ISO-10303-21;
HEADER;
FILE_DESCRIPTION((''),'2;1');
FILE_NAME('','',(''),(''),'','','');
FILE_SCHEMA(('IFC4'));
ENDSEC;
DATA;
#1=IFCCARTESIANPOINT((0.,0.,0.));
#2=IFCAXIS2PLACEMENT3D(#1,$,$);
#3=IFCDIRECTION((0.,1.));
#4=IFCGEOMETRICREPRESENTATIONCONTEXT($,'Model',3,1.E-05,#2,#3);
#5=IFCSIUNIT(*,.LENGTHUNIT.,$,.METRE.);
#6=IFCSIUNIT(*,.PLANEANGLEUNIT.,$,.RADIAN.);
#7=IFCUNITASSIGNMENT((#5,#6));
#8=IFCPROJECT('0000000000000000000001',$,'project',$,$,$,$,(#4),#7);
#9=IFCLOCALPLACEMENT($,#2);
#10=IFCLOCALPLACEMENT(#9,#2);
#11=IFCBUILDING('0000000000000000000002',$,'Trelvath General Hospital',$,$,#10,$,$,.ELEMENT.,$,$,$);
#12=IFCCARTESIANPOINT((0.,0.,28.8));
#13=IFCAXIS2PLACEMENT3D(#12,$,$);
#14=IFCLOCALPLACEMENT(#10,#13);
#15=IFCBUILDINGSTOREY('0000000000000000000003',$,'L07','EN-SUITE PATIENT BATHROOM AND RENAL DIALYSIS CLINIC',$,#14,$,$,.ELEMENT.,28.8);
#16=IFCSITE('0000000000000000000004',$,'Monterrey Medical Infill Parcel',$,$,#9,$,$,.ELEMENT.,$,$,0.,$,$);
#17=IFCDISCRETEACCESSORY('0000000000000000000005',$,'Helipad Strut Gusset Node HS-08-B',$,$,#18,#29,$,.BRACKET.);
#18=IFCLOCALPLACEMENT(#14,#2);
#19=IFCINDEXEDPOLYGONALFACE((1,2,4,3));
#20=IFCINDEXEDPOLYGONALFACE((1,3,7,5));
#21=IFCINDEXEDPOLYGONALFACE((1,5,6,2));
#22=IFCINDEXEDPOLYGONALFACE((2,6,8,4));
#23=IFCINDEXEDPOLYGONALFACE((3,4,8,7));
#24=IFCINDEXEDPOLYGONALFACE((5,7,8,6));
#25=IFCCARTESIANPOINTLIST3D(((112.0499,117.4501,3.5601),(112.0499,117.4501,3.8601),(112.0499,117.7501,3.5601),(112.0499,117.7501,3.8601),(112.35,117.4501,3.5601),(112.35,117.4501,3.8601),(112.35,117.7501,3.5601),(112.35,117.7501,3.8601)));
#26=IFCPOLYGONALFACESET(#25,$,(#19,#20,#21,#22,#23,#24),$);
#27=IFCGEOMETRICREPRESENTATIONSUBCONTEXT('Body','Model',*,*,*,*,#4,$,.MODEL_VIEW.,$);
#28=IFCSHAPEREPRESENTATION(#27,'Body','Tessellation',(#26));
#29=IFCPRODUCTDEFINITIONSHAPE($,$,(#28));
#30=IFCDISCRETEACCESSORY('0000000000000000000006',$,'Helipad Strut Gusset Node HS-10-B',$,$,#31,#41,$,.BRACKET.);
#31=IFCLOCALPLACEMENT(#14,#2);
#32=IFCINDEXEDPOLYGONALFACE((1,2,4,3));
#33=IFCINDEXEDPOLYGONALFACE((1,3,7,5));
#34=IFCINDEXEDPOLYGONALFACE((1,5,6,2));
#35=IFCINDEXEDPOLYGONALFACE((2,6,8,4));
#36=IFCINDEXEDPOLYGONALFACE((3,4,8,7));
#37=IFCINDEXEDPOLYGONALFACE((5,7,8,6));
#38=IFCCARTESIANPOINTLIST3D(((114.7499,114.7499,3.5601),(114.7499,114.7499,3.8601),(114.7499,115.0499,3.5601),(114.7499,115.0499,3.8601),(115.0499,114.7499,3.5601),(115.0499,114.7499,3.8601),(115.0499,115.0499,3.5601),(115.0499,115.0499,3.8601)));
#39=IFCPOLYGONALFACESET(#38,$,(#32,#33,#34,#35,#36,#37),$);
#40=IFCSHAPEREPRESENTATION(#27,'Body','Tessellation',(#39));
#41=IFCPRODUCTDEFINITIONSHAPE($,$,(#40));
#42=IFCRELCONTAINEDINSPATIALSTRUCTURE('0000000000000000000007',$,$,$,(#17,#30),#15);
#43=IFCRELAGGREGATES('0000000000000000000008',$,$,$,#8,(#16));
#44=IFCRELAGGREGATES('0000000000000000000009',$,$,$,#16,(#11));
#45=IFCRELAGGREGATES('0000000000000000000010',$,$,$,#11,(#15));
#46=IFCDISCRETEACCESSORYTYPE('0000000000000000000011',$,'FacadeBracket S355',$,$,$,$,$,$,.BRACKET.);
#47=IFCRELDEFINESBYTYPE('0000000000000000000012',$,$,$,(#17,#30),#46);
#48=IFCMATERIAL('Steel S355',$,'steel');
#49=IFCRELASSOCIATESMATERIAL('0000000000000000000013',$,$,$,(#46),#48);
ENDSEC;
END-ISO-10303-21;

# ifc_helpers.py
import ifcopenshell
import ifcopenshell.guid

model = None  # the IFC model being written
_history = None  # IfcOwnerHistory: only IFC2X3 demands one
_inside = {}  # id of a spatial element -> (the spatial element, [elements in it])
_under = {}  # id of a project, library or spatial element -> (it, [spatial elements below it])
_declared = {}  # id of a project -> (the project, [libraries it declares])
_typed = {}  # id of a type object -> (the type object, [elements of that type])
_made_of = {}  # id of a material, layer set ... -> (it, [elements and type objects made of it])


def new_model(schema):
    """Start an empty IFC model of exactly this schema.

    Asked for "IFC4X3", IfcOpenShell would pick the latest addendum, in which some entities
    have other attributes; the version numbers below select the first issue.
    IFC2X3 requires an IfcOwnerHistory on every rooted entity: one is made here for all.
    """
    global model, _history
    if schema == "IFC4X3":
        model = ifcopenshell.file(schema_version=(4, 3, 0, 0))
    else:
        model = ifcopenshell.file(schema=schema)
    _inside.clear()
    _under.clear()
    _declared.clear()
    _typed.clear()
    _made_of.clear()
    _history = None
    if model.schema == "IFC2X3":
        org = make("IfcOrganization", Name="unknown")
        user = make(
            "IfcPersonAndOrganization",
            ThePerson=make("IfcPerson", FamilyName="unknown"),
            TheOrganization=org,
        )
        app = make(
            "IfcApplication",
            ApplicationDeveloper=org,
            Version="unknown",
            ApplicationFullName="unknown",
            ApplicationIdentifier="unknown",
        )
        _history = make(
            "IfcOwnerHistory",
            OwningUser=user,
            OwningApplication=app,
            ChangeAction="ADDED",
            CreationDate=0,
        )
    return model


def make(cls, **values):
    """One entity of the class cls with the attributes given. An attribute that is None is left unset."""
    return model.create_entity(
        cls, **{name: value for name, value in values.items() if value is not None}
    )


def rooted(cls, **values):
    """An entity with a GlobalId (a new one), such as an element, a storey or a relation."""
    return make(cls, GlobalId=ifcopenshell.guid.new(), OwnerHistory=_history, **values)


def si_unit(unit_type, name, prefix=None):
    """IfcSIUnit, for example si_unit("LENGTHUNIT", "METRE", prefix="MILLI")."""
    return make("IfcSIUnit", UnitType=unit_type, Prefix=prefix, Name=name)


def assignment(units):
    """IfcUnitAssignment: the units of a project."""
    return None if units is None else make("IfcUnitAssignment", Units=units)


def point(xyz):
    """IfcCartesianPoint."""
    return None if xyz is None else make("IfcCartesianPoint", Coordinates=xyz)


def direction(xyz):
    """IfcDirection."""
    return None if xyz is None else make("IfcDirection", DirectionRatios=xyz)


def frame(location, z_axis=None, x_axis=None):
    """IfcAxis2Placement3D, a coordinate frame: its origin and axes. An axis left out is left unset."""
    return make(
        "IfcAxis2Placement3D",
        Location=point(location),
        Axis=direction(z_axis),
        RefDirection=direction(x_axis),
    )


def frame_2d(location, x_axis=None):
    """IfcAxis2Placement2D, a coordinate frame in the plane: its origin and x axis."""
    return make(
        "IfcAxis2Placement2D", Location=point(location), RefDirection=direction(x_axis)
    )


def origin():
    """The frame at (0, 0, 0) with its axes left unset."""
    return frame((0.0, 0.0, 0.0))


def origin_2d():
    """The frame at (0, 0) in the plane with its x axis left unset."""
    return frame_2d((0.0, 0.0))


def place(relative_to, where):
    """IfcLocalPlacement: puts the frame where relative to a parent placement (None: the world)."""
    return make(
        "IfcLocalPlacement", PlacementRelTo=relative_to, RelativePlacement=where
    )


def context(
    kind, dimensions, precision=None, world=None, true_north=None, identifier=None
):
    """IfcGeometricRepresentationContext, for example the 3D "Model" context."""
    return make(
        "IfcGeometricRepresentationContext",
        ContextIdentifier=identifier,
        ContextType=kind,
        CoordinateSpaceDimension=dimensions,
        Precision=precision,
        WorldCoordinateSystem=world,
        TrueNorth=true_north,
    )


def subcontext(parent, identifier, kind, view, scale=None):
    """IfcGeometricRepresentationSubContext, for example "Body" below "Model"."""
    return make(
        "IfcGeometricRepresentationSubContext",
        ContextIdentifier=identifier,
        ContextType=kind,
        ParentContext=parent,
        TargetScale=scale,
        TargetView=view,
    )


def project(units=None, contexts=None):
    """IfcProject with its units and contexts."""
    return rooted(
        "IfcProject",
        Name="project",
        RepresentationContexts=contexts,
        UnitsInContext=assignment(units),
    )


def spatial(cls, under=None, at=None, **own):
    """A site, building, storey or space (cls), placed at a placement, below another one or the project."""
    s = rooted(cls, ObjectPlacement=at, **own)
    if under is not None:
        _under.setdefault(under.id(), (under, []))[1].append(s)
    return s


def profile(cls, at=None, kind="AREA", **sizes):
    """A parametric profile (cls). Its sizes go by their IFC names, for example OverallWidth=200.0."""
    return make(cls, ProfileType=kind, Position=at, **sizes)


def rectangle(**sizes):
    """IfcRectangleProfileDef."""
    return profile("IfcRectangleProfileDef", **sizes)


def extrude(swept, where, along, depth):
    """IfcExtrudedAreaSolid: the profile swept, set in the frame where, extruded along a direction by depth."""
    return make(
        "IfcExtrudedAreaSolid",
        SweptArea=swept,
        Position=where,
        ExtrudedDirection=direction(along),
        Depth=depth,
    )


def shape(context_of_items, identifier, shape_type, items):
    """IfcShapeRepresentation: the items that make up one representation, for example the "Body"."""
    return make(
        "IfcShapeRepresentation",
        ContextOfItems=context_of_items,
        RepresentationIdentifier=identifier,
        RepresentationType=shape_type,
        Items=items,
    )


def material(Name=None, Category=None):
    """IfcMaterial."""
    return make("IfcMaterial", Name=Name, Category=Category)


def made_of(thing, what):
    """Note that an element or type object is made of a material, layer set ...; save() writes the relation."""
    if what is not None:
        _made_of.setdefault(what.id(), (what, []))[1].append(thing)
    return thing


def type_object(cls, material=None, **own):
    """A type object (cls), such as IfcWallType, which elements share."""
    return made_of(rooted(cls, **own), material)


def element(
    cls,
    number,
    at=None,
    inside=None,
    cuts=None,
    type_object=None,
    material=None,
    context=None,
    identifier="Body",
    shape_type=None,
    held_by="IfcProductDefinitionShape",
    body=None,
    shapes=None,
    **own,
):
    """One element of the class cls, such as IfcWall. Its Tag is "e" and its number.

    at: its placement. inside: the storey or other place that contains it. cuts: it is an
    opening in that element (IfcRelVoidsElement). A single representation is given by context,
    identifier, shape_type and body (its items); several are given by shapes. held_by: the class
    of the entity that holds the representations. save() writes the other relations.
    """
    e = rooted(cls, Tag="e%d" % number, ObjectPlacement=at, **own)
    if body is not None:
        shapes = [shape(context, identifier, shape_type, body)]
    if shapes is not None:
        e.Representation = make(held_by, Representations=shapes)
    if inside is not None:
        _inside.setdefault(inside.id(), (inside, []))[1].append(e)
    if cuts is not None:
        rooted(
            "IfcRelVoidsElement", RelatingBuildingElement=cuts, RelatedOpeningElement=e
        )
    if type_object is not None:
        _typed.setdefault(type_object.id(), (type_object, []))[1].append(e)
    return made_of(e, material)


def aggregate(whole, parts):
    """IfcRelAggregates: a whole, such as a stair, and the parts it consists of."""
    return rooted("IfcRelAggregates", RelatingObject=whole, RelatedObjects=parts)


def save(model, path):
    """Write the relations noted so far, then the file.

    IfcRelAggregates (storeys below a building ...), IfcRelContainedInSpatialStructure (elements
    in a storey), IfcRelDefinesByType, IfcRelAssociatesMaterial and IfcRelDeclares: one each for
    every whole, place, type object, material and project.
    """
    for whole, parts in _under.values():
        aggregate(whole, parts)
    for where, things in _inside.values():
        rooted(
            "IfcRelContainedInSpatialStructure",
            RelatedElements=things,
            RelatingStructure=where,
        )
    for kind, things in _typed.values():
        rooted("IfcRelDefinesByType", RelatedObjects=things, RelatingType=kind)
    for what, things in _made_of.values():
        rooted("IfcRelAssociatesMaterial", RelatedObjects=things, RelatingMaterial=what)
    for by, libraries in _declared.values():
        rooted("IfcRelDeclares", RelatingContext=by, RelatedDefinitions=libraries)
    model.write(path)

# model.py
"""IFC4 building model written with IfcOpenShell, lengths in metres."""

from ifc_helpers import new_model, si_unit, direction, frame, origin, origin_2d, place, context, subcontext, project, spatial, rectangle, extrude, material, type_object, element, save


model = new_model("IFC4")

# Units and contexts
model_context = context("Model", 3, precision=1e-05, world=origin(), true_north=direction((0.0, 1.0)))
body_context = subcontext(model_context, "Body", "Model", "MODEL_VIEW")
ifc_project = project(units=[si_unit("LENGTHUNIT", "METRE"), si_unit("PLANEANGLEUNIT", "RADIAN")], contexts=[model_context])

# Site, building, storey
site_placement = place(None, origin())
site = spatial("IfcSite", under=ifc_project, at=site_placement, Name="Monterrey Medical Infill Parcel", CompositionType="ELEMENT", RefElevation=0.0)
building_placement = place(site_placement, origin())
building = spatial("IfcBuilding", under=site, at=building_placement, Name="Trelvath General Hospital", CompositionType="ELEMENT")
storey_placement = place(building_placement, frame((0.0, 0.0, 28.8)))
storey = spatial("IfcBuildingStorey", under=building, at=storey_placement, Name="L07", Description="EN-SUITE PATIENT BATHROOM AND RENAL DIALYSIS CLINIC", CompositionType="ELEMENT", Elevation=28.8)

# Discrete accessories
ifc_material_1 = material(Name="Steel S355", Category="steel")
discrete_accessory_type = type_object("IfcDiscreteAccessoryType", Name="FacadeBracket S355", PredefinedType="BRACKET", material=ifc_material_1)
for number, where, z_axis, x_axis, name in (
    (1, (112.2, 117.6001, 3.5601), (0.0, 0.0, 1.0), (1.0, 0.0, 0.0), "Helipad Strut Gusset Node HS-08-B"),
    (2, (114.8999, 114.8999, 3.5601), (0.0, 0.0, 1.0), (1.0, 0.0, 0.0), "Helipad Strut Gusset Node HS-10-B"),
):
    element("IfcDiscreteAccessory", number, at=place(storey_placement, frame(where, z_axis=z_axis, x_axis=x_axis)), inside=storey, type_object=discrete_accessory_type, Name=name, PredefinedType="BRACKET", context=body_context, shape_type="SweptSolid", body=[
        extrude(rectangle(XDim=0.3, YDim=0.3, at=origin_2d()), origin(), (0.0, 0.0, 1.0), 0.3),
    ])

save(model, "model.ifc")
